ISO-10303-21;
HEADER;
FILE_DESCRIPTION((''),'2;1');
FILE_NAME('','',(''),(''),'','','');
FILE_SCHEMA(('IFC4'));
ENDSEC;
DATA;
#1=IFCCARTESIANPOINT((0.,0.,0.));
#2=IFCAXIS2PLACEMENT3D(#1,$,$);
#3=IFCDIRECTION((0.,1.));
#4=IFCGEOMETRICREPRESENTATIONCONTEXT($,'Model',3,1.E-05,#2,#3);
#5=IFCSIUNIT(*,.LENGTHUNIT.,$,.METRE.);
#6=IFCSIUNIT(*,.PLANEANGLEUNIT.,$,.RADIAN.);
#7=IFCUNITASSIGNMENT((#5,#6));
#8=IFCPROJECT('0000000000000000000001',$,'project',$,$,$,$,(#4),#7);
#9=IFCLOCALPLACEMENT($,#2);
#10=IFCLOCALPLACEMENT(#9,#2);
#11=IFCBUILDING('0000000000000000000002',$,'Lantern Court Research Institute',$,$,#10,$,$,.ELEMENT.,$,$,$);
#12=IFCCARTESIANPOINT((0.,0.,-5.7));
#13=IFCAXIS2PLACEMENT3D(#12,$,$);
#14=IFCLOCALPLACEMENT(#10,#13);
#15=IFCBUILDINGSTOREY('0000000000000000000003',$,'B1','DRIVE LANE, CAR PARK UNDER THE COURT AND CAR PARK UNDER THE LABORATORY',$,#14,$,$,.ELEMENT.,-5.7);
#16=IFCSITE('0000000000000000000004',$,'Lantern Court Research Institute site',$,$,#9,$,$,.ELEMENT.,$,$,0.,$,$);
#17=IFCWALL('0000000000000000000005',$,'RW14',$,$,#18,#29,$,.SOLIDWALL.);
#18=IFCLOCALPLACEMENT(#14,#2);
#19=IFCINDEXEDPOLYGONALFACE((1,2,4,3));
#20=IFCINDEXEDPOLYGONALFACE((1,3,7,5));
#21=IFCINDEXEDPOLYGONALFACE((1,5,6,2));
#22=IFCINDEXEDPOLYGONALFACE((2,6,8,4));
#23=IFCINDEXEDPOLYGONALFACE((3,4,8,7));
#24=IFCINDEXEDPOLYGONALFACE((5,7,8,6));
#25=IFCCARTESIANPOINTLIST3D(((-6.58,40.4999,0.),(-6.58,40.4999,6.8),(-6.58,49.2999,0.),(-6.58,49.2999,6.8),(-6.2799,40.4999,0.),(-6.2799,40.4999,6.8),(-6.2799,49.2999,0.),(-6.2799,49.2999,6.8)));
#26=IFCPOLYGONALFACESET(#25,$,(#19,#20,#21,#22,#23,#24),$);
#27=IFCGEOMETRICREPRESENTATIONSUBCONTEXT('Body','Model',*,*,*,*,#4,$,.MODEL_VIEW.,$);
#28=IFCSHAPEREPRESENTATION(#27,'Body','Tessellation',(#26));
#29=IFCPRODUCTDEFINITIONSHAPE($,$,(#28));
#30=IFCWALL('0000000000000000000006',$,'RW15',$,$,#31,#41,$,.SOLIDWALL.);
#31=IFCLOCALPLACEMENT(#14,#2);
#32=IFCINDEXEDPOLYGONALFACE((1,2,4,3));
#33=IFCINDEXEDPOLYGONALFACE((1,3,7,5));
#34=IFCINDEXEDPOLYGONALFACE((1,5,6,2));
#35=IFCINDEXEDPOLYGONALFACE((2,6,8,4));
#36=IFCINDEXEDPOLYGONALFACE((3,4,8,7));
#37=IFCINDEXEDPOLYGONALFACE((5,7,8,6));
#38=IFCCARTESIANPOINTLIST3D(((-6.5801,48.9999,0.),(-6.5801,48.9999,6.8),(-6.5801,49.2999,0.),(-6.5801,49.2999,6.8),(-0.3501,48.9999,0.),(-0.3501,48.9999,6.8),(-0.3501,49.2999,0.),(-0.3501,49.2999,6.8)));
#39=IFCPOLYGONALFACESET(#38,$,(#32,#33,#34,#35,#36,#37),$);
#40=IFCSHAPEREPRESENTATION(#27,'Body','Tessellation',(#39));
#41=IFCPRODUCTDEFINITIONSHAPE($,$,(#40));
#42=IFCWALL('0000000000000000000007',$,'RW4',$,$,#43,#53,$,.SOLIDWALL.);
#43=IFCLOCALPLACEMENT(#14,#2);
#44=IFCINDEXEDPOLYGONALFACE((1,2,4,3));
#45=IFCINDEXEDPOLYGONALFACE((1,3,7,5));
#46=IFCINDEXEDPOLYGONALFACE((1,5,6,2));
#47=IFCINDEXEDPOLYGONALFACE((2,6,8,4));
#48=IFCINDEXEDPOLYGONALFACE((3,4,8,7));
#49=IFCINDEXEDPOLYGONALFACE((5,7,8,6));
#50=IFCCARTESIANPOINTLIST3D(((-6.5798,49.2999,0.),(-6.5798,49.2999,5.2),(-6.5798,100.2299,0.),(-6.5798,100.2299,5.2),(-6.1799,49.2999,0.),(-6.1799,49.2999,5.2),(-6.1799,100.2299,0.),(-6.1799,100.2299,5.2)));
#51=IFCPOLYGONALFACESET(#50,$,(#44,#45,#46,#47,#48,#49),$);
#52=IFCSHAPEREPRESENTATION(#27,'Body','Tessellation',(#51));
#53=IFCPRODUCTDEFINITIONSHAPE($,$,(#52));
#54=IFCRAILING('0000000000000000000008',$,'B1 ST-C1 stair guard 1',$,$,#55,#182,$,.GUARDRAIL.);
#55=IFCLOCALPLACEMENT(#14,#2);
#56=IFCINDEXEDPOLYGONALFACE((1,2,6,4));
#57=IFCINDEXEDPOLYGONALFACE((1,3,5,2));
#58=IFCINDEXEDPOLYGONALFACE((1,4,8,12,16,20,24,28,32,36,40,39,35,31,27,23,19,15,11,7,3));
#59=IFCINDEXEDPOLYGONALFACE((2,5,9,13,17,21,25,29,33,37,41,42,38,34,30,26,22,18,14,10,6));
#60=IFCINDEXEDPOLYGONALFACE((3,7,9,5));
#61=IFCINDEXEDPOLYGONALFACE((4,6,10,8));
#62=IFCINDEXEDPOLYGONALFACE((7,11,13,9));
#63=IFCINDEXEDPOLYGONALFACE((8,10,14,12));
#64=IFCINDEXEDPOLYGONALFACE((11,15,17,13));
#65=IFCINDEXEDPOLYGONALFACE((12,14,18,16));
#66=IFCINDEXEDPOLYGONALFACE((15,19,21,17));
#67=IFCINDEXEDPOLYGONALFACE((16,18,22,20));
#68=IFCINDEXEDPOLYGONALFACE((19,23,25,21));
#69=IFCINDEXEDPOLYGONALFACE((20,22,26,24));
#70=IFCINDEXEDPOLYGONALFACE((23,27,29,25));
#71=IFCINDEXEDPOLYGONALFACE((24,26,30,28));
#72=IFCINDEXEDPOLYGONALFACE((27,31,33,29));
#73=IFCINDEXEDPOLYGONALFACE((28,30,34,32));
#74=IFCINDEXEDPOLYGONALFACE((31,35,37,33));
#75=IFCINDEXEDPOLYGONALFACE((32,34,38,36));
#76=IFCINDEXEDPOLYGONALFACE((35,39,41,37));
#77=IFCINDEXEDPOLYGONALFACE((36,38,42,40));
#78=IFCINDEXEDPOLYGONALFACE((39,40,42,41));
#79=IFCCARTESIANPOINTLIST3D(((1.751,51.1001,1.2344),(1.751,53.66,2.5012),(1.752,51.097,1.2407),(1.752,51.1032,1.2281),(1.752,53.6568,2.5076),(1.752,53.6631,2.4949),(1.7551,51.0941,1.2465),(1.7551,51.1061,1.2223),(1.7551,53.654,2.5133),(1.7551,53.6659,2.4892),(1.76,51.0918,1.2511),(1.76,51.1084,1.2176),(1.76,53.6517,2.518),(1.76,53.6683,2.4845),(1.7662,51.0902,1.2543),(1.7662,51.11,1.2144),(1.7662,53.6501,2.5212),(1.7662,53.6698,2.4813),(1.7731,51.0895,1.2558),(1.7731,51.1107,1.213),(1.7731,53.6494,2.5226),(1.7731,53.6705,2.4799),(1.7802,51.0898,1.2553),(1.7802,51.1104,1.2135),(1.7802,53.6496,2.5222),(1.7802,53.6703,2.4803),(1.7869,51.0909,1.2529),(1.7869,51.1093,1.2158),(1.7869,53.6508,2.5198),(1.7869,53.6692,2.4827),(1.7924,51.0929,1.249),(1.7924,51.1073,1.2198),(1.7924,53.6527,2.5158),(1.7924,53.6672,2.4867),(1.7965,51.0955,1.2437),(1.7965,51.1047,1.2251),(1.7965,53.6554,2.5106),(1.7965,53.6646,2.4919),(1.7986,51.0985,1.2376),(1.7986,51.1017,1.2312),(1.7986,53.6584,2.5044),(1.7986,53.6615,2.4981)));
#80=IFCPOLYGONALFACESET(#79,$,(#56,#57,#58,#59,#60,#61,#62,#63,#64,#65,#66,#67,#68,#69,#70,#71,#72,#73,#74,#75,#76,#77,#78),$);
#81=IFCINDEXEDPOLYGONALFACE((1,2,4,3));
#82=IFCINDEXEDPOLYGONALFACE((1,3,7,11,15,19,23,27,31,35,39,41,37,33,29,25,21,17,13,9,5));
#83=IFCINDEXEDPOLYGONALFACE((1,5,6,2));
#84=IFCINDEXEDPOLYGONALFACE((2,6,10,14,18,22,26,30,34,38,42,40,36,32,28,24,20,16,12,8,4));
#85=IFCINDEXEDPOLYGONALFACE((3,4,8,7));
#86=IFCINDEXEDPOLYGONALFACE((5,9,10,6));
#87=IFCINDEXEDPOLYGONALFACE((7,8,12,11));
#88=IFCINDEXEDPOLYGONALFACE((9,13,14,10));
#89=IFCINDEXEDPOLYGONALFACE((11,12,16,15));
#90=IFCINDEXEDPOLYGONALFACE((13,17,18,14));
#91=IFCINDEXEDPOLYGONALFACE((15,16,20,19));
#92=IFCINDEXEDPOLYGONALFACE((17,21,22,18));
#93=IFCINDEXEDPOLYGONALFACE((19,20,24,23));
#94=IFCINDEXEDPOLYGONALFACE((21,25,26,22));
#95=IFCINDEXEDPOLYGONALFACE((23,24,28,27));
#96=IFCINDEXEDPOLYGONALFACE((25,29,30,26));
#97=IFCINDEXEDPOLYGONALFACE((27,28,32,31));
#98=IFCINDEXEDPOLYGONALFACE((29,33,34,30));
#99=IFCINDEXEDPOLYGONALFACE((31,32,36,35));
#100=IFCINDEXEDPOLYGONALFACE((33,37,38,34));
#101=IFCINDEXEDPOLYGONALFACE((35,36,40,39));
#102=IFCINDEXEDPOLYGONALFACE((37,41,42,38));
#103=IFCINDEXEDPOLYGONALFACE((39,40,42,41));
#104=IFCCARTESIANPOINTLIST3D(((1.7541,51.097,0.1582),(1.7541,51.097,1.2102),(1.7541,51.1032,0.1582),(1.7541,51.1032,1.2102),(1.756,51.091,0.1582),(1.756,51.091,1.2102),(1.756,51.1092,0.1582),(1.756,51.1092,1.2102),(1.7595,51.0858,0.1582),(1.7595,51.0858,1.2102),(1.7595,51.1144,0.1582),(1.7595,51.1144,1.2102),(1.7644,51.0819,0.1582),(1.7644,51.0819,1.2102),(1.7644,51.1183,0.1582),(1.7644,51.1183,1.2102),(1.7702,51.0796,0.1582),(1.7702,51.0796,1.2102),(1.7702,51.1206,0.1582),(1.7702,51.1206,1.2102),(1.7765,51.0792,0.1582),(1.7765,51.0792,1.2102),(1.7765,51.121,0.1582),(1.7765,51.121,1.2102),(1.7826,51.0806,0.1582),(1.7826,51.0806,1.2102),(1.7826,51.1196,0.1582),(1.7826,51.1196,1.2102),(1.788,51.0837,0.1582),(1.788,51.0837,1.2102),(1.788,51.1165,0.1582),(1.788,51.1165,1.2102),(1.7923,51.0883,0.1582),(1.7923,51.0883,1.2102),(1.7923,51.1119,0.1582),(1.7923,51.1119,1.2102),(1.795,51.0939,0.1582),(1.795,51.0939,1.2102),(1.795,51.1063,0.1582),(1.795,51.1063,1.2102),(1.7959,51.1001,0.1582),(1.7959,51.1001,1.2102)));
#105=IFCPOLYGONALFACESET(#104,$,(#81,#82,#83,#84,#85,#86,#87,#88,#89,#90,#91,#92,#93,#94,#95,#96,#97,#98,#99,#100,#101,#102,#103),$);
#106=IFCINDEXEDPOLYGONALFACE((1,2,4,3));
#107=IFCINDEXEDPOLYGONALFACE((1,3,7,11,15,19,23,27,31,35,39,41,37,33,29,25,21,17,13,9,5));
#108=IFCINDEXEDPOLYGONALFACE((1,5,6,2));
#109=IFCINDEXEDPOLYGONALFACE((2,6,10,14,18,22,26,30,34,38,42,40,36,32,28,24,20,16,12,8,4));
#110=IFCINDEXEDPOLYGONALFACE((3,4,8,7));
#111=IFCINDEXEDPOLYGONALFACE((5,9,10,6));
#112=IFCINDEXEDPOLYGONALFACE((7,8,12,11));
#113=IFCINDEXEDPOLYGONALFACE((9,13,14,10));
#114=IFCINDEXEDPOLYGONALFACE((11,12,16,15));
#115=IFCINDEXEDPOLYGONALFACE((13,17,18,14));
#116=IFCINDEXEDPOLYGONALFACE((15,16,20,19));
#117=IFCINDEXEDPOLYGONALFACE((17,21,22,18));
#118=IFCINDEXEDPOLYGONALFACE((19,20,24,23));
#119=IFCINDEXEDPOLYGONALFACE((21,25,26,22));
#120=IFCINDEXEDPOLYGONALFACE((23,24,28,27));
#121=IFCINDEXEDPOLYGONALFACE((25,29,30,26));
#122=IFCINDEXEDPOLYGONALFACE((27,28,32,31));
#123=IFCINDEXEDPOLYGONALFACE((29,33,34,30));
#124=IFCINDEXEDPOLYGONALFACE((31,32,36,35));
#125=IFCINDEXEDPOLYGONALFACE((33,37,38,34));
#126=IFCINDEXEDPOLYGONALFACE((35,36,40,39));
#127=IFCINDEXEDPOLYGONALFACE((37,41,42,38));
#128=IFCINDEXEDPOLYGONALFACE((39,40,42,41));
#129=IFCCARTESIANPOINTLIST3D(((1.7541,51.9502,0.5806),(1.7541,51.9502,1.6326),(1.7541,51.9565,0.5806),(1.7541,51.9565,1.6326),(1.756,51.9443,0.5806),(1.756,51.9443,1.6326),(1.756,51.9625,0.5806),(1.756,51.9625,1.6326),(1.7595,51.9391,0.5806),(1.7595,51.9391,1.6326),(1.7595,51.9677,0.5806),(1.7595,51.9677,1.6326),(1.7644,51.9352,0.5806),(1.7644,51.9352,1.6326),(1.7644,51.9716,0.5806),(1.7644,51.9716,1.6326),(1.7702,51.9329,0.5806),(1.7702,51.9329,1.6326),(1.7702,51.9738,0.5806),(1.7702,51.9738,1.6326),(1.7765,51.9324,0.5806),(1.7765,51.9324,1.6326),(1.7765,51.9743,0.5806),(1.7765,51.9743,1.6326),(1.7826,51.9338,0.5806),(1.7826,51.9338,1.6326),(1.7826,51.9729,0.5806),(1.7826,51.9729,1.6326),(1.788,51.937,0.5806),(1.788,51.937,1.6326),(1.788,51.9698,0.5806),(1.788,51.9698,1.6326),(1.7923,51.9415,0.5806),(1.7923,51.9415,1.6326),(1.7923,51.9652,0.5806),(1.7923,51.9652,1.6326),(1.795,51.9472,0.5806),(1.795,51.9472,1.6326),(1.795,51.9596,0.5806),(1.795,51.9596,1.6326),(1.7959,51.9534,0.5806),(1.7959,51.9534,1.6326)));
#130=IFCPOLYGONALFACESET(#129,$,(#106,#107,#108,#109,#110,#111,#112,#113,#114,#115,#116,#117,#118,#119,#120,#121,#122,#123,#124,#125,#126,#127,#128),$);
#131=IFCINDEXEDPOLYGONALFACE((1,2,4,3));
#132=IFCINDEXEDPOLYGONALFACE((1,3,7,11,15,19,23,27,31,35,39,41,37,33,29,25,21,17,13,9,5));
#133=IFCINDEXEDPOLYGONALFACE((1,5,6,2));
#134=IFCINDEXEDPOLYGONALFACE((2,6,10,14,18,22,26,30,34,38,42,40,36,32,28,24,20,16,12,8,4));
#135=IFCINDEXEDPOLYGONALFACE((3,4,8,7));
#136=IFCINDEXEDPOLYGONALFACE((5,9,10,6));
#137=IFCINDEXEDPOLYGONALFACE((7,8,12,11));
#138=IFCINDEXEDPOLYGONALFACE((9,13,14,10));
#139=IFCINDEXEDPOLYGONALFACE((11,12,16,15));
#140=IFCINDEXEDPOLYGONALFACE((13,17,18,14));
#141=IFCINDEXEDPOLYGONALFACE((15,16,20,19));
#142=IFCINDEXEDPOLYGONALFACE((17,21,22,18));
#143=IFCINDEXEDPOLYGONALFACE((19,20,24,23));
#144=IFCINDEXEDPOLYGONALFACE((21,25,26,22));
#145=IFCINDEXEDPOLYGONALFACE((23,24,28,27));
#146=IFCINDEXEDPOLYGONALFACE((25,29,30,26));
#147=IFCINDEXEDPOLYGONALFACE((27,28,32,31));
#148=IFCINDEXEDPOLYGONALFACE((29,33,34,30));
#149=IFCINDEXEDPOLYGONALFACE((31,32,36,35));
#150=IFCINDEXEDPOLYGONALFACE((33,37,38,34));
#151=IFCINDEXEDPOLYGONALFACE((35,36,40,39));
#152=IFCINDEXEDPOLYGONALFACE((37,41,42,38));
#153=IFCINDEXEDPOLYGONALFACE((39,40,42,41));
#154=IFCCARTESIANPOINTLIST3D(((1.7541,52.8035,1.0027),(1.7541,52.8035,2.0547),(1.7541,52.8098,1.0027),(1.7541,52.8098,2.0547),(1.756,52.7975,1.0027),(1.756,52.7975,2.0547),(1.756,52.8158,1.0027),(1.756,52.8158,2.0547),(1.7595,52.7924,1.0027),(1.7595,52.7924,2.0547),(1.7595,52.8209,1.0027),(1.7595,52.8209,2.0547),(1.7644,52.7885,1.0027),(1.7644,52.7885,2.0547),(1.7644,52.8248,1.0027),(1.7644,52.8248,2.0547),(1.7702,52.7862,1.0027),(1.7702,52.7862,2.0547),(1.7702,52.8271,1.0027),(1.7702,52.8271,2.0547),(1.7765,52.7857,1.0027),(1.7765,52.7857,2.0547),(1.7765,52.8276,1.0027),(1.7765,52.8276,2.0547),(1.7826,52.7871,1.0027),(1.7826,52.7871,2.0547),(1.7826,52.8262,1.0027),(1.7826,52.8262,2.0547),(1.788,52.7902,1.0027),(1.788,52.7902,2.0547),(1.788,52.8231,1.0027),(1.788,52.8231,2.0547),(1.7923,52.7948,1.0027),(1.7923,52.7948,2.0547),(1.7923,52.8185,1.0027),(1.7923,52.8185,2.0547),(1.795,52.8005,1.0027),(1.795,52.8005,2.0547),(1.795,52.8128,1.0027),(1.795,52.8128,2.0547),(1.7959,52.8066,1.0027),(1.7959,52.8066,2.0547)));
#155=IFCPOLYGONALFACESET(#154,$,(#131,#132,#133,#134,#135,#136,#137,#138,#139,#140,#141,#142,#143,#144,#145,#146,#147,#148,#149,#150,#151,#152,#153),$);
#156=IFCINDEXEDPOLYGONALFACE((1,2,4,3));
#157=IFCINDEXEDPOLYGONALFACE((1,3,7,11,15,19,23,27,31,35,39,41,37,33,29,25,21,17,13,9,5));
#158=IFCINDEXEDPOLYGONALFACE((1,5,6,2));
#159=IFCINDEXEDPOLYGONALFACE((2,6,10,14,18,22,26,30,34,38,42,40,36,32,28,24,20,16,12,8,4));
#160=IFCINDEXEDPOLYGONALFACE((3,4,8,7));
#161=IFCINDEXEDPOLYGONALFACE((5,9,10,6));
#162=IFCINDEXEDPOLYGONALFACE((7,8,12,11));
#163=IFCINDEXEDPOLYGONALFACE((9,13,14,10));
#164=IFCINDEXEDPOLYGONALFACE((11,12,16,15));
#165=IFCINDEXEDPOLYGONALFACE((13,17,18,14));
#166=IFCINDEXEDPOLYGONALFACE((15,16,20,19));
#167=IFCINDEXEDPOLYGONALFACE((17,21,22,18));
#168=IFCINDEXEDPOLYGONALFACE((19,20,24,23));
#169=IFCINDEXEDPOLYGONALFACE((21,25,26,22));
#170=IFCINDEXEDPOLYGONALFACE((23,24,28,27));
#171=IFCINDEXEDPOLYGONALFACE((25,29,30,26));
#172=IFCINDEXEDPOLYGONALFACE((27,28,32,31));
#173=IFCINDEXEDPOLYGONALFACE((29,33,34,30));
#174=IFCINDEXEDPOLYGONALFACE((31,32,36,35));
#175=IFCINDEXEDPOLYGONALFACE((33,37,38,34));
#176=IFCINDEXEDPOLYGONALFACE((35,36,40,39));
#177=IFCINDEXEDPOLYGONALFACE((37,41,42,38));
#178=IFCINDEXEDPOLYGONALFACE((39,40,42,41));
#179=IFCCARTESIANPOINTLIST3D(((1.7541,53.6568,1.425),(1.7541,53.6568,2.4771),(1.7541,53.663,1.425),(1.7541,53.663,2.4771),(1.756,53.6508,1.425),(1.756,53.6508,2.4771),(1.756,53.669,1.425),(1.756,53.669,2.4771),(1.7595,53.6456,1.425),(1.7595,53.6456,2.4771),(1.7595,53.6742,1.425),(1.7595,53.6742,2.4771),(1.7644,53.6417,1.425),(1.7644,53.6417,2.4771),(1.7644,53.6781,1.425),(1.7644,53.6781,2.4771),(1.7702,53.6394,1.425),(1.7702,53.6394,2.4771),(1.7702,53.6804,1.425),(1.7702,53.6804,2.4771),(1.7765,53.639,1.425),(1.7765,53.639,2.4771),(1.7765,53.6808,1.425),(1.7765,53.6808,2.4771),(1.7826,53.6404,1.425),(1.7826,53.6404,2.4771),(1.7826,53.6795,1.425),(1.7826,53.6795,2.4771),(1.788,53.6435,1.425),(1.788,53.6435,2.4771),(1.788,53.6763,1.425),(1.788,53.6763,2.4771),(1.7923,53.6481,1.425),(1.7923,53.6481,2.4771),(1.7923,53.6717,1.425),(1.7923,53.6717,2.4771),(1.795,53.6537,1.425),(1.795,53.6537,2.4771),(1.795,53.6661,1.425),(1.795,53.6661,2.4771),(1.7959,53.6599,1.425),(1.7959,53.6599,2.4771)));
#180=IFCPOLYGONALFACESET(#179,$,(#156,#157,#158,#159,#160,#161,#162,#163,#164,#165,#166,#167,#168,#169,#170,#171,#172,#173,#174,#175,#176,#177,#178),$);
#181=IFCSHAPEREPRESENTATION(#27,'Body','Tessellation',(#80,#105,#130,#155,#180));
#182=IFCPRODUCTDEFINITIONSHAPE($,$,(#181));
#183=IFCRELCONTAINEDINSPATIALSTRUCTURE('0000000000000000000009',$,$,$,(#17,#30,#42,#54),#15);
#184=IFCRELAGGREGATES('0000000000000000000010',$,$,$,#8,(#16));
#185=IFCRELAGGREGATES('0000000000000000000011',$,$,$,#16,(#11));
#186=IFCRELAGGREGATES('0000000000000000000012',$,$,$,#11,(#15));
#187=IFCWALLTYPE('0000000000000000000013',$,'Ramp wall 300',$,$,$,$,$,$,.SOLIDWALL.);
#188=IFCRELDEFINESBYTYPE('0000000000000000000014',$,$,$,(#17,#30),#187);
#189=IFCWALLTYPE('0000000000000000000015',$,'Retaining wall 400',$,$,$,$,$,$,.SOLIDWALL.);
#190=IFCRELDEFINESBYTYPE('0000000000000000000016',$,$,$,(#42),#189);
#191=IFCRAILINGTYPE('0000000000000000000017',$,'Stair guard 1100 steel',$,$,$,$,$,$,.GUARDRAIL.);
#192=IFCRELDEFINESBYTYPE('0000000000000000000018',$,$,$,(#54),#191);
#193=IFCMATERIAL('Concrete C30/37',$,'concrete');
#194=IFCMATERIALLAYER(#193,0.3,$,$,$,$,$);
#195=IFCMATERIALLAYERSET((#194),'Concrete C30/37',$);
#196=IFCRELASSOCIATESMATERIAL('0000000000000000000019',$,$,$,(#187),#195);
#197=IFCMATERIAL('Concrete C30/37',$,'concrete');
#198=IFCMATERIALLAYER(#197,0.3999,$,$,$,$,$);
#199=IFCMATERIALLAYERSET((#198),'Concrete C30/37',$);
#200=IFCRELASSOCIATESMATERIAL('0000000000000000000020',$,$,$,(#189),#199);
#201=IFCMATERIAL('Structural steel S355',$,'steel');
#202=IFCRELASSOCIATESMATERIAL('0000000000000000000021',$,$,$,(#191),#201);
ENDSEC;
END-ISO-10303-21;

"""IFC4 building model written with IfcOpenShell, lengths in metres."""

from ifc_helpers import new_model, si_unit, direction, frame, frame_2d, origin, origin_2d, place, context, subcontext, project, spatial, rectangle, circle, extrude, material, layer, layer_set, type_object, element, save


model = new_model("IFC4")

# Units and contexts
model_context = context("Model", 3, precision=1e-05, world=origin(), true_north=direction((0.0, 1.0)))
body_context = subcontext(model_context, "Body", "Model", "MODEL_VIEW")
ifc_project = project(units=[si_unit("LENGTHUNIT", "METRE"), si_unit("PLANEANGLEUNIT", "RADIAN")], contexts=[model_context])

# Site, building, storey
site_placement = place(None, origin())
site = spatial("IfcSite", under=ifc_project, at=site_placement, Name="Lantern Court Research Institute site", CompositionType="ELEMENT", RefElevation=0.0)
building_placement = place(site_placement, origin())
building = spatial("IfcBuilding", under=site, at=building_placement, Name="Lantern Court Research Institute", CompositionType="ELEMENT")
storey_placement = place(building_placement, frame((0.0, 0.0, -5.7)))
storey = spatial("IfcBuildingStorey", under=building, at=storey_placement, Name="B1", Description="DRIVE LANE, CAR PARK UNDER THE COURT AND CAR PARK UNDER THE LABORATORY", CompositionType="ELEMENT", Elevation=-5.7)

# Walls
ifc_material_1 = material(Name="Concrete C30/37", Category="concrete")
ifc_layer_1 = layer(ifc_material_1, 0.3)
ifc_layer_set_1 = layer_set([ifc_layer_1], Name="Concrete C30/37")
wall_type_1 = type_object("IfcWallType", Name="Ramp wall 300", PredefinedType="SOLIDWALL", material=ifc_layer_set_1)
wall_1_placement = place(storey_placement, frame((-6.4299, 40.5, 0.0), z_axis=(0.0, 0.0, 1.0), x_axis=(0.0, 1.0, 0.0)))
element("IfcWall", 1, at=wall_1_placement, inside=storey, type_object=wall_type_1, Name="RW14", PredefinedType="SOLIDWALL", context=body_context, shape_type="SweptSolid", body=[
    extrude(rectangle(XDim=8.8, YDim=0.3, at=frame_2d((4.3999, 0.0))), origin(), (0.0, 0.0, 1.0), 6.8),
])
wall_2_placement = place(storey_placement, frame((-6.5801, 49.1499, 0.0), z_axis=(0.0, 0.0, 1.0), x_axis=(1.0, 0.0, 0.0)))
element("IfcWall", 2, at=wall_2_placement, inside=storey, type_object=wall_type_1, Name="RW15", PredefinedType="SOLIDWALL", context=body_context, shape_type="SweptSolid", body=[
    extrude(rectangle(XDim=6.23, YDim=0.3, at=frame_2d((3.115, 0.0))), origin(), (0.0, 0.0, 1.0), 6.8),
])
ifc_material_2 = material(Name="Concrete C30/37", Category="concrete")
ifc_layer_2 = layer(ifc_material_2, 0.3999)
ifc_layer_set_2 = layer_set([ifc_layer_2], Name="Concrete C30/37")
wall_type_2 = type_object("IfcWallType", Name="Retaining wall 400", PredefinedType="SOLIDWALL", material=ifc_layer_set_2)
wall_3_placement = place(storey_placement, frame((-6.3799, 49.3, 0.0), z_axis=(0.0, 0.0, 1.0), x_axis=(0.0, 1.0, 0.0)))
element("IfcWall", 3, at=wall_3_placement, inside=storey, type_object=wall_type_2, Name="RW4", PredefinedType="SOLIDWALL", context=body_context, shape_type="SweptSolid", body=[
    extrude(rectangle(XDim=50.9299, YDim=0.3999, at=frame_2d((25.4648, 0.0))), origin(), (0.0, 0.0, 1.0), 5.2),
])

# Railing
ifc_material_3 = material(Name="Structural steel S355", Category="steel")
railing_type = type_object("IfcRailingType", Name="Stair guard 1100 steel", PredefinedType="GUARDRAIL", material=ifc_material_3)
railing_placement = place(storey_placement, frame((1.7749, 51.1001, 0.1582)))
element("IfcRailing", 4, at=railing_placement, inside=storey, type_object=railing_type, Name="B1 ST-C1 stair guard 1", PredefinedType="GUARDRAIL", context=body_context, shape_type="SweptSolid", body=[
    extrude(circle(Radius=0.0239, at=origin_2d()), frame((0.0, 0.0, 1.0762), z_axis=(0.0, 0.896249, 0.443551), x_axis=(-1.0, 0.0, 0.0)), (0.0, 0.0, 1.0), 2.8562),
    extrude(circle(Radius=0.021, at=origin_2d()), origin(), (0.0, 0.0, 1.0), 1.052),
    extrude(circle(Radius=0.021, at=origin_2d()), frame((0.0, 0.8533, 0.4224)), (0.0, 0.0, 1.0), 1.052),
    extrude(circle(Radius=0.021, at=origin_2d()), frame((0.0, 1.7065, 0.8445)), (0.0, 0.0, 1.0), 1.052),
    extrude(circle(Radius=0.021, at=origin_2d()), frame((0.0, 2.5598, 1.2668)), (0.0, 0.0, 1.0), 1.052),
])

save(model, "model.ifc")
